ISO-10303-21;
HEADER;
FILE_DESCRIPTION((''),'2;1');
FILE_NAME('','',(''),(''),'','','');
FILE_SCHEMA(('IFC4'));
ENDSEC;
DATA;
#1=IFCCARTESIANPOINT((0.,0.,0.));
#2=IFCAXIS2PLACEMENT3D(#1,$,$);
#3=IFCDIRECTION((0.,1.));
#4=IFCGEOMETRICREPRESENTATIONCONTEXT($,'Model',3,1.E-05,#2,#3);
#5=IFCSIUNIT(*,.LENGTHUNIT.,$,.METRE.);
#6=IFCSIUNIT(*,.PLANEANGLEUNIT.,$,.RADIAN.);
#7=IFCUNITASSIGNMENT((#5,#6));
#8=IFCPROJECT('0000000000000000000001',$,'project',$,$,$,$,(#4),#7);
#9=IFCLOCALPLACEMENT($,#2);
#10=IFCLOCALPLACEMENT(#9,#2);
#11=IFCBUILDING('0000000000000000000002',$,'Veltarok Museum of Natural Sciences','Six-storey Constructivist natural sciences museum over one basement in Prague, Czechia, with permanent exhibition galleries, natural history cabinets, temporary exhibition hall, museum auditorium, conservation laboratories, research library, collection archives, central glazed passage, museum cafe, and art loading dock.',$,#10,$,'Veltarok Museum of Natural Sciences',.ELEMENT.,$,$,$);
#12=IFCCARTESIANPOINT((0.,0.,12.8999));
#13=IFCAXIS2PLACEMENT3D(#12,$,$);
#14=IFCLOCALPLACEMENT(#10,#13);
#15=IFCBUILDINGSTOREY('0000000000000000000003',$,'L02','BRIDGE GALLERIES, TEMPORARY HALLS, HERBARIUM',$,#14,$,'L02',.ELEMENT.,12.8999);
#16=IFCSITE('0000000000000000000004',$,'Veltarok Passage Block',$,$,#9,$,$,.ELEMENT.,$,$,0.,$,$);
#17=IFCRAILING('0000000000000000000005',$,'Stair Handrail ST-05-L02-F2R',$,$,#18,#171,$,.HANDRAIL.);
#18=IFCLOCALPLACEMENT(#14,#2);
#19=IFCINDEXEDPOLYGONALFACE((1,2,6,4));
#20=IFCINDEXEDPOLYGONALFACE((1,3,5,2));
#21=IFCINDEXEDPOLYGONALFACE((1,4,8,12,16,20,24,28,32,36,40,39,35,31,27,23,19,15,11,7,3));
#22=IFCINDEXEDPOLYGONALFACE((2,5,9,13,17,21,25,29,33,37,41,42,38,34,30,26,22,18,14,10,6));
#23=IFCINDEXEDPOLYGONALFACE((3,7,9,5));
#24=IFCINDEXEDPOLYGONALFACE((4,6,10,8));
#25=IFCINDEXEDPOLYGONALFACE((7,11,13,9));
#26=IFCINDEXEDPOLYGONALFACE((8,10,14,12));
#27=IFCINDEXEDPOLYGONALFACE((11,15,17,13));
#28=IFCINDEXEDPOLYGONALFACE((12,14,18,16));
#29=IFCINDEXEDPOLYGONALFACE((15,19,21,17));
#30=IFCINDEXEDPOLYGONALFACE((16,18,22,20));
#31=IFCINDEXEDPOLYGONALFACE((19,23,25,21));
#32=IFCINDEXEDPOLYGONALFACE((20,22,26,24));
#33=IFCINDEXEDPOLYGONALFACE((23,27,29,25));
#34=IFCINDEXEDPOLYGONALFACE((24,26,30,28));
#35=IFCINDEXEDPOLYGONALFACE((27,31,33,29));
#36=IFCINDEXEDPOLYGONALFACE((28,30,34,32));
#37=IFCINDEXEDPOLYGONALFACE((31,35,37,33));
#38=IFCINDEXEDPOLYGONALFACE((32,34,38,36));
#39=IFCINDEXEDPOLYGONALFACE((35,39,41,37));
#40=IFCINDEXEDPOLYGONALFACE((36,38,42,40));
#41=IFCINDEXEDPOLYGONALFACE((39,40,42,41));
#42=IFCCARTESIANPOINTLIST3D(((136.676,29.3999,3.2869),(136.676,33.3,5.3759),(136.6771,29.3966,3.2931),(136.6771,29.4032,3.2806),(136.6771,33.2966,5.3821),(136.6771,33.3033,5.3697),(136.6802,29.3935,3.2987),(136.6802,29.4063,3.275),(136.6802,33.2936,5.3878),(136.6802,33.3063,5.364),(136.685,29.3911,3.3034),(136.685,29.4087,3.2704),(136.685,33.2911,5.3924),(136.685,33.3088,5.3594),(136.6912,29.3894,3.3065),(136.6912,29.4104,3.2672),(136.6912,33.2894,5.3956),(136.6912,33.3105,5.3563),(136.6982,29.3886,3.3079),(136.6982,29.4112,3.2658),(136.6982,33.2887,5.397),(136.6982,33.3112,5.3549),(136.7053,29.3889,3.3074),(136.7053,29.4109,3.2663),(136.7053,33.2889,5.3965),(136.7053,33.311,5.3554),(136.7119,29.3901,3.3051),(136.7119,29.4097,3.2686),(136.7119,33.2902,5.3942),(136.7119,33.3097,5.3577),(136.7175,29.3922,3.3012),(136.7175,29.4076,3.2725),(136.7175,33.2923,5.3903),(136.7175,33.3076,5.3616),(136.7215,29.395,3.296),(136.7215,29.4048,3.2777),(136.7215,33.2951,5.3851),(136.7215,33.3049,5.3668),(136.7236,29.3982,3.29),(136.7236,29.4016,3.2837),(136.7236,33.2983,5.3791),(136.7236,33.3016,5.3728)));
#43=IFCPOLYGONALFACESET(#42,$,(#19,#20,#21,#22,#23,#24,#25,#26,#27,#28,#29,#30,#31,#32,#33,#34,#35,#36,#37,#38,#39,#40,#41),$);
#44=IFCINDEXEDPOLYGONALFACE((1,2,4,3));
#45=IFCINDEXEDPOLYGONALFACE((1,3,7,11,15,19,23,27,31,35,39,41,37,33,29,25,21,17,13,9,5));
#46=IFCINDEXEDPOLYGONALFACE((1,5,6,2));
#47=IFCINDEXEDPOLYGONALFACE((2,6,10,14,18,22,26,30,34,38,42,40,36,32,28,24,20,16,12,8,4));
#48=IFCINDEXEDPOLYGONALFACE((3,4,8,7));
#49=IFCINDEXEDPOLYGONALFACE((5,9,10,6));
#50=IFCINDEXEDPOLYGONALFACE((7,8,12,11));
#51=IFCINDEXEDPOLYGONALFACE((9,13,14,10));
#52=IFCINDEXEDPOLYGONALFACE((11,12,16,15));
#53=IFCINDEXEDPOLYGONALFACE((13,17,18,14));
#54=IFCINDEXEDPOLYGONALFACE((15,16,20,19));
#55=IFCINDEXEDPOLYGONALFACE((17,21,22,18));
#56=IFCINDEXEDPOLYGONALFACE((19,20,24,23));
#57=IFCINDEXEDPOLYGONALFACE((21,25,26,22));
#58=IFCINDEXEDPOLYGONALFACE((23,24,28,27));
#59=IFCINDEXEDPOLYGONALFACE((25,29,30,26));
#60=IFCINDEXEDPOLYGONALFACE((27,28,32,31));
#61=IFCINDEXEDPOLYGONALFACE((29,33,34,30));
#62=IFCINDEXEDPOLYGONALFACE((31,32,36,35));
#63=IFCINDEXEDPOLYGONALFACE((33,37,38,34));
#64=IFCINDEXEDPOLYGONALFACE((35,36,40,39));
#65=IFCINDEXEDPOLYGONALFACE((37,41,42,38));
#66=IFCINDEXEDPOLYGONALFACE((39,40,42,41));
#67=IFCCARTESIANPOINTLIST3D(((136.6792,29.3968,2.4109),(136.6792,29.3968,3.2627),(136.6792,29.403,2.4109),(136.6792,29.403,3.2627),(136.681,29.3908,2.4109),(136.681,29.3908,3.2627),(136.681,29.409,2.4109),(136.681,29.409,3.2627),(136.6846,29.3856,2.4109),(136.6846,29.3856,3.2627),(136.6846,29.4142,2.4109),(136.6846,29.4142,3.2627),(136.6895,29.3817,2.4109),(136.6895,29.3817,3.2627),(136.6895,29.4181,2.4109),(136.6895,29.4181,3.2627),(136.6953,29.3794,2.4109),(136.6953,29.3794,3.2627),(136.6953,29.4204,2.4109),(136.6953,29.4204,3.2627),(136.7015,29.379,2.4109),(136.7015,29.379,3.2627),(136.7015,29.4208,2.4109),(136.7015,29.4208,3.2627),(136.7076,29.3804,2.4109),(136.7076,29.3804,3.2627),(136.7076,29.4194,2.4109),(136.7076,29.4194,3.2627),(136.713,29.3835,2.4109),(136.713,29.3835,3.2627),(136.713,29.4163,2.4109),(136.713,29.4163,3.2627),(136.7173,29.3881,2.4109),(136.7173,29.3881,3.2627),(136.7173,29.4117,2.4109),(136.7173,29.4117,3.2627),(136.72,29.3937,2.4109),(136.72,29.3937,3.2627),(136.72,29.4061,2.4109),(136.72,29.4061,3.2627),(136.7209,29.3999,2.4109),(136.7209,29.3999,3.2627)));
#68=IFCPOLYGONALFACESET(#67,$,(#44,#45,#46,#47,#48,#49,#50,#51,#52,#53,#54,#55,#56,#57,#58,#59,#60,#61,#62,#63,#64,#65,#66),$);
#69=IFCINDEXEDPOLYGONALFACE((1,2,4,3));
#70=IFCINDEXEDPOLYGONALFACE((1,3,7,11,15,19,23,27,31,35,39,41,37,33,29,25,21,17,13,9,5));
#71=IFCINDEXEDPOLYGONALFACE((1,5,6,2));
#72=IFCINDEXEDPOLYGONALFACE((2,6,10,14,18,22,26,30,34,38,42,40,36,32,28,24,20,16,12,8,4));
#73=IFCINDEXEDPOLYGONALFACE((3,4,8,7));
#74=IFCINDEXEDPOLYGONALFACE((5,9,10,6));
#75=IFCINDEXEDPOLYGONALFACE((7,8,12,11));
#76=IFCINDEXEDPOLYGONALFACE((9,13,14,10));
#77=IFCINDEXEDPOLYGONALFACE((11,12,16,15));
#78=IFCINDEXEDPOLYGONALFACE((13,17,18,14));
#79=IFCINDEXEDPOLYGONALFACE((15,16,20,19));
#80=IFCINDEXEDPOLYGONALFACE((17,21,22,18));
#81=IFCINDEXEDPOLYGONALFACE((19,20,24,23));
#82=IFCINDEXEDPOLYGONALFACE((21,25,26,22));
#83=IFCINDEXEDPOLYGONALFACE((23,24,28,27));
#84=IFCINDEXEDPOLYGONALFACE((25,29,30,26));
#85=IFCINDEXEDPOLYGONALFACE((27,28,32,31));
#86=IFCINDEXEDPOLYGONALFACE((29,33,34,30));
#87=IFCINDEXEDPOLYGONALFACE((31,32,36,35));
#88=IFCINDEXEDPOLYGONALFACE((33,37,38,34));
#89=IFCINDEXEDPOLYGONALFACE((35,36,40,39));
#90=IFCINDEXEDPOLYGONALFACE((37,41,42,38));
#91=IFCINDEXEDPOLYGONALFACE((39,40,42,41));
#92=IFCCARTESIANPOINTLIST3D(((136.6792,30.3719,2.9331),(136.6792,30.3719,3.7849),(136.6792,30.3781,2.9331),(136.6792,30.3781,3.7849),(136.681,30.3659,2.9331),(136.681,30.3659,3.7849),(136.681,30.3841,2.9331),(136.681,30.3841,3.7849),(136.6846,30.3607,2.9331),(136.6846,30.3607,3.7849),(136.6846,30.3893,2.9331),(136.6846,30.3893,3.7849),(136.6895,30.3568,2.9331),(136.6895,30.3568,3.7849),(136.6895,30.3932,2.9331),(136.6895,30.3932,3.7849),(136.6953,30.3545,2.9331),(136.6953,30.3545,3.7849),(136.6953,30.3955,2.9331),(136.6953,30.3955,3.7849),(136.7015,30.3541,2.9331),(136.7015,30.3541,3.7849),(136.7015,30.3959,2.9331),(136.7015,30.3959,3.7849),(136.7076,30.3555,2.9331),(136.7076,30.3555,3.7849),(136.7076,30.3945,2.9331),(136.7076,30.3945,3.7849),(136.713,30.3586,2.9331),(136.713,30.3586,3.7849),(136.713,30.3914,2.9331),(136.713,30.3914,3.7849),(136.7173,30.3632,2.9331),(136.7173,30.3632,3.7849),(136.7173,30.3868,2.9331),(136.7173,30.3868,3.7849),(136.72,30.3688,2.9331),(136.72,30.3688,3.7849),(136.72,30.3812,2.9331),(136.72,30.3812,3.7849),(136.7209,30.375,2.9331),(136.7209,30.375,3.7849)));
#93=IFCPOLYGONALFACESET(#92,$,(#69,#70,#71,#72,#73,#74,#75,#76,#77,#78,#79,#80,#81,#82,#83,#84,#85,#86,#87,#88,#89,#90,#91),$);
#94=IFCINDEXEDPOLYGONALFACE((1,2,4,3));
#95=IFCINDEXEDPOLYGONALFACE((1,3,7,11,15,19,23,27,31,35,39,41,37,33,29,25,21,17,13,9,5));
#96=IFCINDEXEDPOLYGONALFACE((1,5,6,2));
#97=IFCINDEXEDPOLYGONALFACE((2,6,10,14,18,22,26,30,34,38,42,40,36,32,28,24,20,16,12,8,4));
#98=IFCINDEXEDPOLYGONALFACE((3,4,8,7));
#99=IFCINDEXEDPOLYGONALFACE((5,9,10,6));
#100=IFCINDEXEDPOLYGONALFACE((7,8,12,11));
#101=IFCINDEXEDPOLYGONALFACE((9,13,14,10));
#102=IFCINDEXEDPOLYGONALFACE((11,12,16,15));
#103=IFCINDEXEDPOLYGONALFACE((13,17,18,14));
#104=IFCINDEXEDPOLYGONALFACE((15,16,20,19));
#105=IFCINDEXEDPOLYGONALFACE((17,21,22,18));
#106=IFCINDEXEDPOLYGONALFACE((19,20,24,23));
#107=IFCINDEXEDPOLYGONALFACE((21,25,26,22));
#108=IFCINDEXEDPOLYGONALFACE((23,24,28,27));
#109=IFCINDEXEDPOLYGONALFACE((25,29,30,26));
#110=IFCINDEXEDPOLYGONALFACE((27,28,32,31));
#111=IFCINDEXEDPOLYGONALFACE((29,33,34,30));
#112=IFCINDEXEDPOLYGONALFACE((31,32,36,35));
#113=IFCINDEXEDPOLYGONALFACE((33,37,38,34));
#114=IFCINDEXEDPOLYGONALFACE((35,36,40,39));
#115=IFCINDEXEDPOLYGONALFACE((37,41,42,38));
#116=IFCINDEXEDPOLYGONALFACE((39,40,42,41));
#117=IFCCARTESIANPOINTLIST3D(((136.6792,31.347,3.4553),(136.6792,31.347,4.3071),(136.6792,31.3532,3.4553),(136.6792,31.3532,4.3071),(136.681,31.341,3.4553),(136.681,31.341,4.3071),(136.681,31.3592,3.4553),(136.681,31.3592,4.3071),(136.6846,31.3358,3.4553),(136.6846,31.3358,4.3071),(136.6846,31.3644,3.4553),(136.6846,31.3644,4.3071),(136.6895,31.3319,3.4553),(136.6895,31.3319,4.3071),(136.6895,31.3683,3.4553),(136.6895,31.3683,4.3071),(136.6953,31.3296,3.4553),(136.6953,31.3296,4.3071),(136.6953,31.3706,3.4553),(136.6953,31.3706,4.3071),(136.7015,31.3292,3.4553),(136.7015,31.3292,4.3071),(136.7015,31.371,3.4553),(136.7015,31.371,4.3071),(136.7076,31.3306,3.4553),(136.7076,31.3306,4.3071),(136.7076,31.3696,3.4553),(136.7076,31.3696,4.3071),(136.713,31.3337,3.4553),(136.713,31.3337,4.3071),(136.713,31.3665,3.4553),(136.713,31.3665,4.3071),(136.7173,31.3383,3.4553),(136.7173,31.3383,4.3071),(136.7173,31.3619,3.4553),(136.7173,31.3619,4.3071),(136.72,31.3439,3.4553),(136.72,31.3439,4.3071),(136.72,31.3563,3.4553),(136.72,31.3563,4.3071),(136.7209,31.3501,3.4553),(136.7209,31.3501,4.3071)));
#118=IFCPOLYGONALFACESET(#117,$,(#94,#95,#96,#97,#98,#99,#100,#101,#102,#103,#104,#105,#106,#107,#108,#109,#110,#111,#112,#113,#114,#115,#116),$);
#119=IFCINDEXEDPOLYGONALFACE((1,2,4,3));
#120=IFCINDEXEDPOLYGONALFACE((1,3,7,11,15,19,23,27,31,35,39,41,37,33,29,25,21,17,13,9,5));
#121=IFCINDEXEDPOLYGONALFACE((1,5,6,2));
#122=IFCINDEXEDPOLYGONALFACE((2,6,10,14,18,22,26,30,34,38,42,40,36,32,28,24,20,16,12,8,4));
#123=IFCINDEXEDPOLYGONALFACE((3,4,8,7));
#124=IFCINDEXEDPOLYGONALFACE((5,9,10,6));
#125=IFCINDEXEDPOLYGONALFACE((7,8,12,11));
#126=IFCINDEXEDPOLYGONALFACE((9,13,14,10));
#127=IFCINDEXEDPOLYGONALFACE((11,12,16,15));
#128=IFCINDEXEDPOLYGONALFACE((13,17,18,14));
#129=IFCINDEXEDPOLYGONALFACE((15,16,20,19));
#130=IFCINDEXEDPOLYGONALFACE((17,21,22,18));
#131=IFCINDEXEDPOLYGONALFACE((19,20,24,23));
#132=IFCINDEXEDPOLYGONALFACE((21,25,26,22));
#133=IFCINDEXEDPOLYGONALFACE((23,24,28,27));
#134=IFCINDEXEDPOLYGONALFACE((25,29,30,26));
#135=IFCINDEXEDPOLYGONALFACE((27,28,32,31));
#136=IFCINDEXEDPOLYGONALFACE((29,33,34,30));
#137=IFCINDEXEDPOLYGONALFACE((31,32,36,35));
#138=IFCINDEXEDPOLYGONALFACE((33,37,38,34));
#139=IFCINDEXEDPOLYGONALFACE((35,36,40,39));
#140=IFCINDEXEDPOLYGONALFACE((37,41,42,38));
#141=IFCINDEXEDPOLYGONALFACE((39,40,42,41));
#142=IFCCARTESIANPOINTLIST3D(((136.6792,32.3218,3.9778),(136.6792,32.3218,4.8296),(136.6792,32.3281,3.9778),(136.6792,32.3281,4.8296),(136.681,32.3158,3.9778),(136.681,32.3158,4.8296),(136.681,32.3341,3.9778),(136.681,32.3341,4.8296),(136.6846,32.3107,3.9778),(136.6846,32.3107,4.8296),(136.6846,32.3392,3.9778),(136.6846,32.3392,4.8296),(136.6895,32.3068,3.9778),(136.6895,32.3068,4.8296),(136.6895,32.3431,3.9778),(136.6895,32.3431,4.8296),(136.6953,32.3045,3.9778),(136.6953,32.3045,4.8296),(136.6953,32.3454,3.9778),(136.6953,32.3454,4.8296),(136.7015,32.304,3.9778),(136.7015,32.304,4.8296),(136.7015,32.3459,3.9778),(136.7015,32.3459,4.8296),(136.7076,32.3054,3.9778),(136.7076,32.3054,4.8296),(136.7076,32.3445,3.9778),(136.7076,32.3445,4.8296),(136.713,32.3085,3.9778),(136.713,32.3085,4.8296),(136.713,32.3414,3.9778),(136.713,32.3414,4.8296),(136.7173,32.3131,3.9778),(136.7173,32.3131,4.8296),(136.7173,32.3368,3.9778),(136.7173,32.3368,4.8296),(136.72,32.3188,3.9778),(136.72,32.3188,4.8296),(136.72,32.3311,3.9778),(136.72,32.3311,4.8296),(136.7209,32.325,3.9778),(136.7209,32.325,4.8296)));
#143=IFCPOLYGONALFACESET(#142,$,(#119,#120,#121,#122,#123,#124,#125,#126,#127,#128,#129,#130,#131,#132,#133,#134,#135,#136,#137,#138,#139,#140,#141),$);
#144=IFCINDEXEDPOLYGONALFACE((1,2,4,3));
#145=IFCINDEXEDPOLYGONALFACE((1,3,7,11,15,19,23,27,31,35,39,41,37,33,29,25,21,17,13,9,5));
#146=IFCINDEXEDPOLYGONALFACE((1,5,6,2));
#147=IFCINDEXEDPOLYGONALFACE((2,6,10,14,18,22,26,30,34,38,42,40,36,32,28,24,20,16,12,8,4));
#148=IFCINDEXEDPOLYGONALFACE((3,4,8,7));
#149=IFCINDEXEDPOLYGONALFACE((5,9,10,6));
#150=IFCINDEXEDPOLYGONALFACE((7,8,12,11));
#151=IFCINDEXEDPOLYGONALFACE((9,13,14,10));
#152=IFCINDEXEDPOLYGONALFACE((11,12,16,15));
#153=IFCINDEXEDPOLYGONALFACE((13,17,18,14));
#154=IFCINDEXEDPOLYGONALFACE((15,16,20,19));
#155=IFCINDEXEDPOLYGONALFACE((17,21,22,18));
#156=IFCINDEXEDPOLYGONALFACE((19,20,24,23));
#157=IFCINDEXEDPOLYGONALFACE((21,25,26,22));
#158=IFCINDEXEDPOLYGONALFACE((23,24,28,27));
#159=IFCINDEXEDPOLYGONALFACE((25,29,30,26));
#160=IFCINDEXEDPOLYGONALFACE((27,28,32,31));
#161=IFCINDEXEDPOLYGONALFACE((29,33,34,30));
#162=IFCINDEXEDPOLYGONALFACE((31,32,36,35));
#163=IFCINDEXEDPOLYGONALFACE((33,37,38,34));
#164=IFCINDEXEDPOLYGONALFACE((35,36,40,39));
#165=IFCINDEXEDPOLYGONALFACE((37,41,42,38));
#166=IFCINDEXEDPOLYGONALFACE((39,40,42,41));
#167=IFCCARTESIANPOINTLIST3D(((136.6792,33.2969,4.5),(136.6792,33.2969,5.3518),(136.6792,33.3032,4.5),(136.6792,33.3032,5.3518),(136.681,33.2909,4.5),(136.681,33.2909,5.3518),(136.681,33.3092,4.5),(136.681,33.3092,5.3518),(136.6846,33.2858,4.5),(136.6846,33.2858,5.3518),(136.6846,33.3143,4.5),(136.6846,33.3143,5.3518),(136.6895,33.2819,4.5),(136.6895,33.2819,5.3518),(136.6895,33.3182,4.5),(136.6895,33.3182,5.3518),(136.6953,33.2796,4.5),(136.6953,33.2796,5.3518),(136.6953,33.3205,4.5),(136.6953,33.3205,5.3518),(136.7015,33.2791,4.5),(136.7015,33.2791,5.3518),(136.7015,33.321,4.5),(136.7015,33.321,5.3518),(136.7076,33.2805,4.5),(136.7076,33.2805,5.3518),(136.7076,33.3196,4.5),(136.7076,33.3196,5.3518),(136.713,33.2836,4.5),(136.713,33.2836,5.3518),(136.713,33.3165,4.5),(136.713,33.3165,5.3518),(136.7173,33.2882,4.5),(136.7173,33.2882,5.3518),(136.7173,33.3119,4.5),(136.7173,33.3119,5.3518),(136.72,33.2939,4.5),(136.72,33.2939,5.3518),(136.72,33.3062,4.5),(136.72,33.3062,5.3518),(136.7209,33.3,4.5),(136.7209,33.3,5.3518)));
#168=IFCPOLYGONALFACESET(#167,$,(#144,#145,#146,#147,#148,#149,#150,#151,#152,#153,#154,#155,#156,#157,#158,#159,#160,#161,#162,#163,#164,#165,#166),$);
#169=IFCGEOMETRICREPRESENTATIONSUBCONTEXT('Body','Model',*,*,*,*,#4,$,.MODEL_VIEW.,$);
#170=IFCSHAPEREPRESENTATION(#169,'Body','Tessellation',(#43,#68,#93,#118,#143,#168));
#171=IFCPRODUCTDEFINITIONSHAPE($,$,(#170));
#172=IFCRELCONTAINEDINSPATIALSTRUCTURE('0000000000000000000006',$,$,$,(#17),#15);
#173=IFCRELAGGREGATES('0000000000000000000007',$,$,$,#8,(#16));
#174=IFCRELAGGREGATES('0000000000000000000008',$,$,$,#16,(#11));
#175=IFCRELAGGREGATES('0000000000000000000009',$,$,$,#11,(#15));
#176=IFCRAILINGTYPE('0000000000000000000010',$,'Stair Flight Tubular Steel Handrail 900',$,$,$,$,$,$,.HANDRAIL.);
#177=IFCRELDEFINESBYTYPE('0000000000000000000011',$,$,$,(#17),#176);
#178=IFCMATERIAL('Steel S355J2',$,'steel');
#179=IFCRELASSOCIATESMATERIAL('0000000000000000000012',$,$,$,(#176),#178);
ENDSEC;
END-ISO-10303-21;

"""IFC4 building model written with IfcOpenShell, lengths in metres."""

from ifc_helpers import new_model, si_unit, direction, frame, origin, origin_2d, place, context, subcontext, project, spatial, circle, extrude, material, type_object, element, save


model = new_model("IFC4")

# Units and contexts
model_context = context("Model", 3, precision=1e-05, world=origin(), true_north=direction((0.0, 1.0)))
body_context = subcontext(model_context, "Body", "Model", "MODEL_VIEW")
ifc_project = project(units=[si_unit("LENGTHUNIT", "METRE"), si_unit("PLANEANGLEUNIT", "RADIAN")], contexts=[model_context])

# Site, building, storey
site_placement = place(None, origin())
site = spatial("IfcSite", under=ifc_project, at=site_placement, Name="Veltarok Passage Block", CompositionType="ELEMENT", RefElevation=0.0)
building_placement = place(site_placement, origin())
building = spatial("IfcBuilding", under=site, at=building_placement, Name="Veltarok Museum of Natural Sciences", Description="Six-storey Constructivist natural sciences museum over one basement in Prague, Czechia, with permanent exhibition galleries, natural history cabinets, temporary exhibition hall, museum auditorium, conservation laboratories, research library, collection archives, central glazed passage, museum cafe, and art loading dock.", LongName="Veltarok Museum of Natural Sciences", CompositionType="ELEMENT")
storey_placement = place(building_placement, frame((0.0, 0.0, 12.8999)))
storey = spatial("IfcBuildingStorey", under=building, at=storey_placement, Name="L02", Description="BRIDGE GALLERIES, TEMPORARY HALLS, HERBARIUM", LongName="L02", CompositionType="ELEMENT", Elevation=12.8999)

# Shared definitions
ifc_material_1 = material(Name="Steel S355J2", Category="steel")

# Railing
railing_type_1 = type_object("IfcRailingType", Name="Stair Flight Tubular Steel Handrail 900", PredefinedType="HANDRAIL", material=ifc_material_1)
for number, where, name in (
    (1, (136.7, 29.3999, 2.4109), "Stair Handrail ST-05-L02-F2R"),
):
    element("IfcRailing", number, at=place(storey_placement, frame(where)), inside=storey, type_object=railing_type_1, Name=name, PredefinedType="HANDRAIL", context=body_context, shape_type="SweptSolid", body=[
        extrude(circle(Radius=0.0239, at=origin_2d()), frame((0.0, 0.0, 0.876), z_axis=(0.0, 0.881504, 0.472177), x_axis=(-1.0, 0.0, 0.0)), (0.0, 0.0, 1.0), 4.4243),
        extrude(circle(Radius=0.021, at=origin_2d()), origin(), (0.0, 0.0, 1.0), 0.8518),
        extrude(circle(Radius=0.021, at=origin_2d()), frame((0.0, 0.9751, 0.5222)), (0.0, 0.0, 1.0), 0.8518),
        extrude(circle(Radius=0.021, at=origin_2d()), frame((0.0, 1.9502, 1.0444)), (0.0, 0.0, 1.0), 0.8518),
        extrude(circle(Radius=0.021, at=origin_2d()), frame((0.0, 2.925, 1.5669)), (0.0, 0.0, 1.0), 0.8518),
        extrude(circle(Radius=0.021, at=origin_2d()), frame((0.0, 3.9001, 2.0891)), (0.0, 0.0, 1.0), 0.8518),
    ])

save(model, "model.ifc")
